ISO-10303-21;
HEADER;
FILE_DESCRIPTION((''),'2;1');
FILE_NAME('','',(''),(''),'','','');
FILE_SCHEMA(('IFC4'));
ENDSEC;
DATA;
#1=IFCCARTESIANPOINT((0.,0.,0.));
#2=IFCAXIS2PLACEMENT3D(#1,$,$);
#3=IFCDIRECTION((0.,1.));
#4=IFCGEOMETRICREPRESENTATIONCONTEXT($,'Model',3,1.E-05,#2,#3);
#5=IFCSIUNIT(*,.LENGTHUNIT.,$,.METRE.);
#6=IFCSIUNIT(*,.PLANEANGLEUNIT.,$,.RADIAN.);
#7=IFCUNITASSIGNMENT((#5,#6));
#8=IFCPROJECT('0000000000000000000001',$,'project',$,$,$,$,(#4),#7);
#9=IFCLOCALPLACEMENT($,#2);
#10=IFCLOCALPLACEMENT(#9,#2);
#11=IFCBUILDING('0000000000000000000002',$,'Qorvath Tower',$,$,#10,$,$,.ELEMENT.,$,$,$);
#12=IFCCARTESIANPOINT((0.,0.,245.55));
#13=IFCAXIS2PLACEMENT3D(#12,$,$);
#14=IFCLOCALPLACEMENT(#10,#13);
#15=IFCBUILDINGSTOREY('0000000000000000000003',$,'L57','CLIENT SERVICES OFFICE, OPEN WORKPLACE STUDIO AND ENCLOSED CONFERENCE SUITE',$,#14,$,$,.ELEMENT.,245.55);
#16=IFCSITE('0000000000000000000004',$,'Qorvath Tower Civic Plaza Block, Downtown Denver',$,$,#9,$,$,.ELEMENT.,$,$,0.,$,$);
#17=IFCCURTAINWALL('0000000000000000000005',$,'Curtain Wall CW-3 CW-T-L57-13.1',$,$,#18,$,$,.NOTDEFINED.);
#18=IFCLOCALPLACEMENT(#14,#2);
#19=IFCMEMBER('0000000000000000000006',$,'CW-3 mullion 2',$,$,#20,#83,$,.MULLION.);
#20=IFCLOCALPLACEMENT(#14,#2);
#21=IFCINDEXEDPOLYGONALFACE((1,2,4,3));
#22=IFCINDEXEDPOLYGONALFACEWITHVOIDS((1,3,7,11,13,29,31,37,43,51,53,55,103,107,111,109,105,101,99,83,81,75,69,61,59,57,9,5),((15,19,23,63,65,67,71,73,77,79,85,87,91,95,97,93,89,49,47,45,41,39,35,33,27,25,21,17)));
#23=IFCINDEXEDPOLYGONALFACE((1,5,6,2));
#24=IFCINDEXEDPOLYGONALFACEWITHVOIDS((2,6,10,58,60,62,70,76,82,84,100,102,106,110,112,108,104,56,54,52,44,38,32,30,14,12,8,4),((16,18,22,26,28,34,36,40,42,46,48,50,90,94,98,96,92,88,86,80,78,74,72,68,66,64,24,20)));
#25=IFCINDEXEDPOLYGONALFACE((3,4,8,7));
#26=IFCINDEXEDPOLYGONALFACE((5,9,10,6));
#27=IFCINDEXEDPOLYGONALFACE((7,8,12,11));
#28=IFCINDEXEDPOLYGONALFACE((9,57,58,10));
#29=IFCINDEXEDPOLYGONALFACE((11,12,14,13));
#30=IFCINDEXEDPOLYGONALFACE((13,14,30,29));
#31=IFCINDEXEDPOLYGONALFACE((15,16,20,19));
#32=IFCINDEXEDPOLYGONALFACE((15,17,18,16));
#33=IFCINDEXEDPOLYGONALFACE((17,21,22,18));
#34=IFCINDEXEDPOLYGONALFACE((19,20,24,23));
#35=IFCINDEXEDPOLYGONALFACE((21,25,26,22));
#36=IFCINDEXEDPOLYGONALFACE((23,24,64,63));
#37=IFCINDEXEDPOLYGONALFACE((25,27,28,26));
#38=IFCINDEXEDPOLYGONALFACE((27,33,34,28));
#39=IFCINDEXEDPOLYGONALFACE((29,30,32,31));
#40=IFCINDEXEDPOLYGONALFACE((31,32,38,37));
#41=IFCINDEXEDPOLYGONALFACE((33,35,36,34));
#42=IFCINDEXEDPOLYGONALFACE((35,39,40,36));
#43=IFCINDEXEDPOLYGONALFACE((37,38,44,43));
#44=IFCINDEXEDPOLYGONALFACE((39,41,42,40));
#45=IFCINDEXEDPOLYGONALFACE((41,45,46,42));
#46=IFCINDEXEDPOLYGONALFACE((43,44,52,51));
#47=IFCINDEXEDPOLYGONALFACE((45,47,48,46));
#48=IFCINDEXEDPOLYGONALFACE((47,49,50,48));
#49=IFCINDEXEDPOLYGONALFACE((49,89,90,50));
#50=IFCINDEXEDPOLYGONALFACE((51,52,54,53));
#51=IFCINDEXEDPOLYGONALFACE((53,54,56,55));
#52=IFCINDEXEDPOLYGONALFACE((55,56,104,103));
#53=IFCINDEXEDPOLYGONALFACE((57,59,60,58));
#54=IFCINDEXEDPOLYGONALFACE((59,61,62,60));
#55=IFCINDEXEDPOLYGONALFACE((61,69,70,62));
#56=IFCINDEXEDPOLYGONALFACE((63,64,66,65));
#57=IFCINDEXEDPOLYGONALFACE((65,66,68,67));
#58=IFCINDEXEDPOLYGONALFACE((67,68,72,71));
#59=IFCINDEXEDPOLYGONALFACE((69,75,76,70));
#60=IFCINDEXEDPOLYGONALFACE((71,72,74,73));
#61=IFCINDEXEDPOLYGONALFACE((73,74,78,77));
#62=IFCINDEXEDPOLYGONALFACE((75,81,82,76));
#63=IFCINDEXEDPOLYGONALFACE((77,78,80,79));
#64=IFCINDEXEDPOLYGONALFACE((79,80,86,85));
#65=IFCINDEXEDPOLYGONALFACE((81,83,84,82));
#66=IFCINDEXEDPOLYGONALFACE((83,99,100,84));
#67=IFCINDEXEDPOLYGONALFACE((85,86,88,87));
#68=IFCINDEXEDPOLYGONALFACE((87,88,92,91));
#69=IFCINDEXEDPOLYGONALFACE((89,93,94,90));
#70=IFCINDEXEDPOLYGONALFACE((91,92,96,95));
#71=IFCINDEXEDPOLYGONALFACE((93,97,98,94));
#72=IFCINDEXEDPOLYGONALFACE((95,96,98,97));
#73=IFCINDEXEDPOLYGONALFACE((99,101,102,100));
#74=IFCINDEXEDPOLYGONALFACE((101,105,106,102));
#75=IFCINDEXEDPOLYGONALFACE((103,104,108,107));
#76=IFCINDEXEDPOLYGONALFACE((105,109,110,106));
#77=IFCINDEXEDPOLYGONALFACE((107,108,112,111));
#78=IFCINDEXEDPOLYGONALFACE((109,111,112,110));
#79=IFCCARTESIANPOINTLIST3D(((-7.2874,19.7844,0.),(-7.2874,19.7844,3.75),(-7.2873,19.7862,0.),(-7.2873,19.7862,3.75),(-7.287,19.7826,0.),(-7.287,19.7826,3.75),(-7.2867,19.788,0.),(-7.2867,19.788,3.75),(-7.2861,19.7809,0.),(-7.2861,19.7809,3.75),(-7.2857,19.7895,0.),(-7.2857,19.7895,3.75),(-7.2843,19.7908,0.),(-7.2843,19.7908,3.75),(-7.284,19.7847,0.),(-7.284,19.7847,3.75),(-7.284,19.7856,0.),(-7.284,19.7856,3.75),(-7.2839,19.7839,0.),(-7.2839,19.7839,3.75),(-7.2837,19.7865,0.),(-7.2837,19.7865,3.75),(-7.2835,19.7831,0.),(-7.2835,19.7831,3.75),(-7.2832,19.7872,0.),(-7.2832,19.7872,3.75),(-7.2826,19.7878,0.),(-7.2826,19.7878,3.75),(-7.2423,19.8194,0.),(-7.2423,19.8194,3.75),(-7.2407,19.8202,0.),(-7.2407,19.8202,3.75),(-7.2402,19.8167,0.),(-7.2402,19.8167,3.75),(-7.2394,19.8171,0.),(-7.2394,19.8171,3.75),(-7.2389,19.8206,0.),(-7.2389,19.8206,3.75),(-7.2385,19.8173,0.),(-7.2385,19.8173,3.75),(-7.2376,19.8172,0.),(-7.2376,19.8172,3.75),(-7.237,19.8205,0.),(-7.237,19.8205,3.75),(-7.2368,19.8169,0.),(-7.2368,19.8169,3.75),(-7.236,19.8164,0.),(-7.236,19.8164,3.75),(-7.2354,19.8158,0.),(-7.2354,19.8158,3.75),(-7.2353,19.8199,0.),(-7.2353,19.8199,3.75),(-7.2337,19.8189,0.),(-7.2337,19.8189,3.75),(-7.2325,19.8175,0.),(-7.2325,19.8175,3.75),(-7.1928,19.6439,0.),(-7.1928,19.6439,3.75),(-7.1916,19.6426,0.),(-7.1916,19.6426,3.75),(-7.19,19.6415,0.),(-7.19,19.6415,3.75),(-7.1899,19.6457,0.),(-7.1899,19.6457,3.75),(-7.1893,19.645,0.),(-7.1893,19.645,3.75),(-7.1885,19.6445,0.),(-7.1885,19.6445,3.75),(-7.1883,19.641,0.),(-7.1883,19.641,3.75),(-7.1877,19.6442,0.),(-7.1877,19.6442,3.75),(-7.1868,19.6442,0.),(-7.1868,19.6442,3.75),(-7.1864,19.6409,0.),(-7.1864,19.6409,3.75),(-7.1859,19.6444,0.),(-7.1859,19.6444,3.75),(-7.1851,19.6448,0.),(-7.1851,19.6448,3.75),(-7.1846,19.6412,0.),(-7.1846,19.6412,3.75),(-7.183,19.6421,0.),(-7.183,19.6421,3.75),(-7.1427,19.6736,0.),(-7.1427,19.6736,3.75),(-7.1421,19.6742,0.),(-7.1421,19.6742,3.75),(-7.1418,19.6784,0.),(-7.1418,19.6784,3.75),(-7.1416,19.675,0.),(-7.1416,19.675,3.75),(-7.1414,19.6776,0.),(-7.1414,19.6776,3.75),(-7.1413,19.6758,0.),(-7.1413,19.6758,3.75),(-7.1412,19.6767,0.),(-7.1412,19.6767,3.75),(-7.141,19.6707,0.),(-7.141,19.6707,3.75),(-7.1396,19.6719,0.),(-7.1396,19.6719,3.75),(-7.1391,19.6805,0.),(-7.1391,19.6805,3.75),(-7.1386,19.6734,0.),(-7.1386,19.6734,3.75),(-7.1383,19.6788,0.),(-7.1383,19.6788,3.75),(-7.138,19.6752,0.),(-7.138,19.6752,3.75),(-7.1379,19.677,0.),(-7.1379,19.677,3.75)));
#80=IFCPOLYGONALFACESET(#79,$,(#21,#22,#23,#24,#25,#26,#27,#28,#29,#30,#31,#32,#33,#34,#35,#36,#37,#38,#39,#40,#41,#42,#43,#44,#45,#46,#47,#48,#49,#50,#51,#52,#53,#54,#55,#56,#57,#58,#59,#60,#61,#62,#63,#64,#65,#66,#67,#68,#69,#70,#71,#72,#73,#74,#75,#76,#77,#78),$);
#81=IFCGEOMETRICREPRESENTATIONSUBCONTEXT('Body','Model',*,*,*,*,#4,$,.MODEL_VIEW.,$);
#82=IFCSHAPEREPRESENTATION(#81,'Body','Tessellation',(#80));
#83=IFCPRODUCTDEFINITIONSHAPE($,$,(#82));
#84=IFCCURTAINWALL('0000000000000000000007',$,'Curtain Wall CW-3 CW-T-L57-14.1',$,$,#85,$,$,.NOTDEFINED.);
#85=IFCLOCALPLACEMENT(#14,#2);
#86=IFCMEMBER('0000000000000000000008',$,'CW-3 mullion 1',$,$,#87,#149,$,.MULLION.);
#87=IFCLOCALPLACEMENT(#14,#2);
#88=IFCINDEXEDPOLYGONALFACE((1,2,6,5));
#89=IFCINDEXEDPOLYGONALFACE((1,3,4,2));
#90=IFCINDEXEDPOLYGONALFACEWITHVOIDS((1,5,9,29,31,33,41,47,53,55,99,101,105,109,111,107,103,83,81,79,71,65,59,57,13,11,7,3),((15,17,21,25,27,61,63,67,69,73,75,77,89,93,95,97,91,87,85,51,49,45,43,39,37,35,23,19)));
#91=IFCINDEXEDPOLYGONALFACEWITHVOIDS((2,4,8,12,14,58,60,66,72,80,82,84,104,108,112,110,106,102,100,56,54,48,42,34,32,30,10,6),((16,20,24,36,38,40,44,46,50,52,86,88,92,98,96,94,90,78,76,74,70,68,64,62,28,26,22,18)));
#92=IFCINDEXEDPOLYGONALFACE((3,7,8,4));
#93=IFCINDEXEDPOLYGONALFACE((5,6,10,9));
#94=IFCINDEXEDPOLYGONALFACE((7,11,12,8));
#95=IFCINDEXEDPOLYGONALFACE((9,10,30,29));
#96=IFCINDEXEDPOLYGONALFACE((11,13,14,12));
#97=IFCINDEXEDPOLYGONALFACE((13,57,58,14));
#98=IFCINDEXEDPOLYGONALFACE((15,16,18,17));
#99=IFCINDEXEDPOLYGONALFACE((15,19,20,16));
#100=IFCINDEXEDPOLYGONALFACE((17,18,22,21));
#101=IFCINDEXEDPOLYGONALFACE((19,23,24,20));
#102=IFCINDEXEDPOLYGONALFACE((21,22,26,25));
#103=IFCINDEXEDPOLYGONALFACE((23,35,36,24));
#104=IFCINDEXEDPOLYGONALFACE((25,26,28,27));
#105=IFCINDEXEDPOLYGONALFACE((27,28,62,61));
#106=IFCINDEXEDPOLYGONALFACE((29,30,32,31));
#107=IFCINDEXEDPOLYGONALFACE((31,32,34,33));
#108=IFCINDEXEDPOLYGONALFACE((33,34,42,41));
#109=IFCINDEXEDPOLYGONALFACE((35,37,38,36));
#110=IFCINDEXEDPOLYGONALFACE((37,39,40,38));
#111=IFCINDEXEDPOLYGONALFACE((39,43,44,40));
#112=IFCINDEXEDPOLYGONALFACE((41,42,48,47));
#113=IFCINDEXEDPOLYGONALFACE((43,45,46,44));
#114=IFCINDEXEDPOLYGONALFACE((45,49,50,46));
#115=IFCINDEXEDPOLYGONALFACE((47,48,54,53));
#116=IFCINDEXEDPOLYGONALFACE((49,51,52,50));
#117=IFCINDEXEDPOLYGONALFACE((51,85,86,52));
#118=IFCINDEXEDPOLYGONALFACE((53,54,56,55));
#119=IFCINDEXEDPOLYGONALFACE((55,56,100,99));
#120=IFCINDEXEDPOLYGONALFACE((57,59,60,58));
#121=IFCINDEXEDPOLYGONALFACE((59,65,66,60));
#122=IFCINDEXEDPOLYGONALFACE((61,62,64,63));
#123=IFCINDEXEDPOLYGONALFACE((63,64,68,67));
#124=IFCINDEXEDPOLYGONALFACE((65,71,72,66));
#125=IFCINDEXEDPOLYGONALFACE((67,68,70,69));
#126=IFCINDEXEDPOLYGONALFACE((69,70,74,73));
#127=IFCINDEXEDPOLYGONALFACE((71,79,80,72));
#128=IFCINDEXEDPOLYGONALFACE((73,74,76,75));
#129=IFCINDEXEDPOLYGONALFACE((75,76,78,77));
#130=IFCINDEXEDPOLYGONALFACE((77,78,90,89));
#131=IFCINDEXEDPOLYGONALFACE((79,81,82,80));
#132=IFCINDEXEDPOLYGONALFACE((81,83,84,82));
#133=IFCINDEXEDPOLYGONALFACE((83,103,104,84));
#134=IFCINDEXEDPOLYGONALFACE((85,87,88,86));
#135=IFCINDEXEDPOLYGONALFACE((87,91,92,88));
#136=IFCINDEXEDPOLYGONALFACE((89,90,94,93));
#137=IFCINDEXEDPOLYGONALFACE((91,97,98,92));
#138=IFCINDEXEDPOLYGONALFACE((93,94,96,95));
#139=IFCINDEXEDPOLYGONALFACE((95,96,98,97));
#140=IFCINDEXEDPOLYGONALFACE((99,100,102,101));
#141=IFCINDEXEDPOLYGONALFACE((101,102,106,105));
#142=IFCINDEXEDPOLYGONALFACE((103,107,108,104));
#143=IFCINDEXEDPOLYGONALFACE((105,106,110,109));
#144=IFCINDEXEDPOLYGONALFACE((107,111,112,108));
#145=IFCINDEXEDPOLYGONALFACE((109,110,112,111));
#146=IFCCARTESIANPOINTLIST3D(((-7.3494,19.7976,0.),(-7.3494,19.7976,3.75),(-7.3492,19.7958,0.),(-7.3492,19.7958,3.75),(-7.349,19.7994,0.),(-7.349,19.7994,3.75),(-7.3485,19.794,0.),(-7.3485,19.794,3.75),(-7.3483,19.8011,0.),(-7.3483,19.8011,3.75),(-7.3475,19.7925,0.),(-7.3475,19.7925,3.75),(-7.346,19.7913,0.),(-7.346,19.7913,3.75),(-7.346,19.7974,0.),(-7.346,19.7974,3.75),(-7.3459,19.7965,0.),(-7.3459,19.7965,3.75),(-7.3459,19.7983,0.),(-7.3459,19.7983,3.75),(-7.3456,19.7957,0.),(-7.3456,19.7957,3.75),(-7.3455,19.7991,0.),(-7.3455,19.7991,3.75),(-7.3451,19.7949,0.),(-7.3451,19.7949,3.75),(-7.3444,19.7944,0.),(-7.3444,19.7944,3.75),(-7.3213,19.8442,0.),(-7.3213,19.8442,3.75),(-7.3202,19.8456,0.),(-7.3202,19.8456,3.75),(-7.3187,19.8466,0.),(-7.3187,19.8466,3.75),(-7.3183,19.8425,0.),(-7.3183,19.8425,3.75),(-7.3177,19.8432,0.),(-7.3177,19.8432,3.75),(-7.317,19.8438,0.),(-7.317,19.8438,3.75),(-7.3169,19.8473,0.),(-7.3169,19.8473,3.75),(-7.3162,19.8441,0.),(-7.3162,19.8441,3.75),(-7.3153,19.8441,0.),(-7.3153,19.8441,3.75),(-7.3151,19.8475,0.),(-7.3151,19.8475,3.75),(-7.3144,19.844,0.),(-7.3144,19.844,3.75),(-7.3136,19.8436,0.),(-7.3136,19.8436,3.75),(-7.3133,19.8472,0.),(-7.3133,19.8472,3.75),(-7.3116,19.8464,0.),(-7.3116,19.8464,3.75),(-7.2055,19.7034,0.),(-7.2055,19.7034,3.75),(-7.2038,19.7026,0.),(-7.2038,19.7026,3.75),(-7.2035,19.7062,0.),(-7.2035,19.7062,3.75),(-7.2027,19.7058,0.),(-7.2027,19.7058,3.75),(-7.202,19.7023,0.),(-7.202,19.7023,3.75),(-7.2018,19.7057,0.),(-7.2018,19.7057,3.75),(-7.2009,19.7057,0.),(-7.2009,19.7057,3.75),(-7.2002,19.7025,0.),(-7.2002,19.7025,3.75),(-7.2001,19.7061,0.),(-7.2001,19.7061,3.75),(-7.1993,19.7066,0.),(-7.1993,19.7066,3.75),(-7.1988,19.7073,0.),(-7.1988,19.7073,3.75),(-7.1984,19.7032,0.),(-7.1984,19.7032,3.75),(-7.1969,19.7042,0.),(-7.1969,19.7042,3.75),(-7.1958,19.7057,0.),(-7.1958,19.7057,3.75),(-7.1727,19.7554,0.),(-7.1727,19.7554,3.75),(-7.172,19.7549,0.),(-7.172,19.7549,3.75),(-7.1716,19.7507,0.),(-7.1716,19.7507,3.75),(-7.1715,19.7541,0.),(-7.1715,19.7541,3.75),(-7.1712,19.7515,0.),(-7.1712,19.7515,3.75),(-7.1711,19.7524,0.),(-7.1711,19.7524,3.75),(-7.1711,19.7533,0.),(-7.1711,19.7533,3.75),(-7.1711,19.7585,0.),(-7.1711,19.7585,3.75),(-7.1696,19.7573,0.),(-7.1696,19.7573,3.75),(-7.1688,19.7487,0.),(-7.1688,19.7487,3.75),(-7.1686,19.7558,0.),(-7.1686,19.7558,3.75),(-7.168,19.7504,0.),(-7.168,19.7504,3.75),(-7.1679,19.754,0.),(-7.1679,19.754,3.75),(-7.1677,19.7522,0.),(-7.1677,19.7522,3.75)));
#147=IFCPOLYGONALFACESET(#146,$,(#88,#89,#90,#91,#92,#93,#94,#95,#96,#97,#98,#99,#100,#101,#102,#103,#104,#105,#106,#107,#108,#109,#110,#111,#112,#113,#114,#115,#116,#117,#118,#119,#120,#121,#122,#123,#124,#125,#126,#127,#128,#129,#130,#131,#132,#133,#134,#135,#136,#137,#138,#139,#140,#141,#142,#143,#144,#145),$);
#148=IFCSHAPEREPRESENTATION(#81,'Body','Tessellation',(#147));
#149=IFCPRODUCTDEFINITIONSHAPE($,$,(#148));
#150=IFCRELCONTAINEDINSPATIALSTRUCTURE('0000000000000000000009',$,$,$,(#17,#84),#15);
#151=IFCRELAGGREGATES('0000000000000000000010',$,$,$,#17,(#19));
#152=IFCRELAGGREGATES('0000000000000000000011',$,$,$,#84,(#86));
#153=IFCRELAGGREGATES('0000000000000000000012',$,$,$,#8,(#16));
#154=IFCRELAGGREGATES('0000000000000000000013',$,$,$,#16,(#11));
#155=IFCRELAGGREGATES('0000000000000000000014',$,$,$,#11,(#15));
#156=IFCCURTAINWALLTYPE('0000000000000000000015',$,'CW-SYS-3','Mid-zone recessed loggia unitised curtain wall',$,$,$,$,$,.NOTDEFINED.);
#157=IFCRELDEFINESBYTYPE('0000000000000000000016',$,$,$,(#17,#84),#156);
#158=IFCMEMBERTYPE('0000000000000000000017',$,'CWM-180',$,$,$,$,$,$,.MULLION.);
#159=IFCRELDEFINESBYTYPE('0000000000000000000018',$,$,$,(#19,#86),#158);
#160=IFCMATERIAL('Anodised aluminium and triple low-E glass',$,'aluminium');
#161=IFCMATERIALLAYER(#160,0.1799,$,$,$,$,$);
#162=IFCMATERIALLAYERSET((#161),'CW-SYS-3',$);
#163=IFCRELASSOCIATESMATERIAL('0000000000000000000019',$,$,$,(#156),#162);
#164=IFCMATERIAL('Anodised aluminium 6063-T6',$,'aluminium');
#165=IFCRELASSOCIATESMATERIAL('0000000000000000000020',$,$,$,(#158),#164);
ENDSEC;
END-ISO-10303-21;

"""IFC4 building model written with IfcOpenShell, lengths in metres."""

from ifc_helpers import new_model, si_unit, direction, frame, origin, origin_2d, place, context, subcontext, project, spatial, hollow_rectangle, extrude, material, layer, layer_set, material_profile, profile_set, type_object, element, aggregate, save


model = new_model("IFC4")

# Units and contexts
model_context = context("Model", 3, precision=1e-05, world=origin(), true_north=direction((0.0, 1.0)))
body_context = subcontext(model_context, "Body", "Model", "MODEL_VIEW")
ifc_project = project(units=[si_unit("LENGTHUNIT", "METRE"), si_unit("PLANEANGLEUNIT", "RADIAN")], contexts=[model_context])

# Site, building, storey
site_placement = place(None, origin())
site = spatial("IfcSite", under=ifc_project, at=site_placement, Name="Qorvath Tower Civic Plaza Block, Downtown Denver", CompositionType="ELEMENT", RefElevation=0.0)
building_placement = place(site_placement, origin())
building = spatial("IfcBuilding", under=site, at=building_placement, Name="Qorvath Tower", CompositionType="ELEMENT")
storey_placement = place(building_placement, frame((0.0, 0.0, 245.55)))
storey = spatial("IfcBuildingStorey", under=building, at=storey_placement, Name="L57", Description="CLIENT SERVICES OFFICE, OPEN WORKPLACE STUDIO AND ENCLOSED CONFERENCE SUITE", CompositionType="ELEMENT", Elevation=245.55)

# Shared definitions
ifc_material_1 = material(Name="Anodised aluminium and triple low-E glass", Category="aluminium")
ifc_layer_1 = layer(ifc_material_1, 0.1799)
ifc_layer_set_1 = layer_set([ifc_layer_1], Name="CW-SYS-3")
curtain_wall_type = type_object("IfcCurtainWallType", Name="CW-SYS-3", Description="Mid-zone recessed loggia unitised curtain wall", PredefinedType="NOTDEFINED", material=ifc_layer_set_1)
ifc_material_2 = material(Name="Anodised aluminium 6063-T6", Category="aluminium")
ifc_material_profile_1 = material_profile(ifc_material_2, hollow_rectangle(XDim=0.0649, YDim=0.1799, WallThickness=0.0034, InnerFilletRadius=0.0034, OuterFilletRadius=0.0071, at=origin_2d()), Name="CWM 180x65")
ifc_profile_set_1 = profile_set([ifc_material_profile_1], Name="Anodised aluminium 6063-T6")
member_type_1 = type_object("IfcMemberType", Name="CWM-180", PredefinedType="MULLION", material=ifc_profile_set_1)

# Curtain wall, member
curtain_wall_1_placement = place(storey_placement, origin())
curtain_wall_1 = element("IfcCurtainWall", 1, at=curtain_wall_1_placement, inside=storey, type_object=curtain_wall_type, Name="Curtain Wall CW-3 CW-T-L57-13.1", PredefinedType="NOTDEFINED")
member_1_placement = place(storey_placement, frame((-7.2126, 19.7307, 0.0), z_axis=(0.0, 0.0, 1.0), x_axis=(-0.826431, -0.563037, 0.0)))
member_1 = element("IfcMember", 2, at=member_1_placement, type_object=member_type_1, Name="CW-3 mullion 2", PredefinedType="MULLION", context=body_context, shape_type="SweptSolid", body=[
    extrude(hollow_rectangle(XDim=0.0649, YDim=0.1799, WallThickness=0.0034, InnerFilletRadius=0.0034, OuterFilletRadius=0.0071, at=origin_2d()), origin(), (0.0, 0.0, 1.0), 3.75),
])

# Curtain wall, member
curtain_wall_2_placement = place(storey_placement, origin())
curtain_wall_2 = element("IfcCurtainWall", 3, at=curtain_wall_2_placement, inside=storey, type_object=curtain_wall_type, Name="Curtain Wall CW-3 CW-T-L57-14.1", PredefinedType="NOTDEFINED")
member_2_placement = place(storey_placement, frame((-7.2585, 19.7749, 0.0), z_axis=(0.0, 0.0, 1.0), x_axis=(-0.530487, -0.847693, 0.0)))
member_2 = element("IfcMember", 4, at=member_2_placement, type_object=member_type_1, Name="CW-3 mullion 1", PredefinedType="MULLION", context=body_context, shape_type="SweptSolid", body=[
    extrude(hollow_rectangle(XDim=0.0649, YDim=0.1799, WallThickness=0.0034, InnerFilletRadius=0.0034, OuterFilletRadius=0.0071, at=origin_2d()), origin(), (0.0, 0.0, 1.0), 3.75),
])

aggregate(curtain_wall_1, [member_1])
aggregate(curtain_wall_2, [member_2])

save(model, "model.ifc")
